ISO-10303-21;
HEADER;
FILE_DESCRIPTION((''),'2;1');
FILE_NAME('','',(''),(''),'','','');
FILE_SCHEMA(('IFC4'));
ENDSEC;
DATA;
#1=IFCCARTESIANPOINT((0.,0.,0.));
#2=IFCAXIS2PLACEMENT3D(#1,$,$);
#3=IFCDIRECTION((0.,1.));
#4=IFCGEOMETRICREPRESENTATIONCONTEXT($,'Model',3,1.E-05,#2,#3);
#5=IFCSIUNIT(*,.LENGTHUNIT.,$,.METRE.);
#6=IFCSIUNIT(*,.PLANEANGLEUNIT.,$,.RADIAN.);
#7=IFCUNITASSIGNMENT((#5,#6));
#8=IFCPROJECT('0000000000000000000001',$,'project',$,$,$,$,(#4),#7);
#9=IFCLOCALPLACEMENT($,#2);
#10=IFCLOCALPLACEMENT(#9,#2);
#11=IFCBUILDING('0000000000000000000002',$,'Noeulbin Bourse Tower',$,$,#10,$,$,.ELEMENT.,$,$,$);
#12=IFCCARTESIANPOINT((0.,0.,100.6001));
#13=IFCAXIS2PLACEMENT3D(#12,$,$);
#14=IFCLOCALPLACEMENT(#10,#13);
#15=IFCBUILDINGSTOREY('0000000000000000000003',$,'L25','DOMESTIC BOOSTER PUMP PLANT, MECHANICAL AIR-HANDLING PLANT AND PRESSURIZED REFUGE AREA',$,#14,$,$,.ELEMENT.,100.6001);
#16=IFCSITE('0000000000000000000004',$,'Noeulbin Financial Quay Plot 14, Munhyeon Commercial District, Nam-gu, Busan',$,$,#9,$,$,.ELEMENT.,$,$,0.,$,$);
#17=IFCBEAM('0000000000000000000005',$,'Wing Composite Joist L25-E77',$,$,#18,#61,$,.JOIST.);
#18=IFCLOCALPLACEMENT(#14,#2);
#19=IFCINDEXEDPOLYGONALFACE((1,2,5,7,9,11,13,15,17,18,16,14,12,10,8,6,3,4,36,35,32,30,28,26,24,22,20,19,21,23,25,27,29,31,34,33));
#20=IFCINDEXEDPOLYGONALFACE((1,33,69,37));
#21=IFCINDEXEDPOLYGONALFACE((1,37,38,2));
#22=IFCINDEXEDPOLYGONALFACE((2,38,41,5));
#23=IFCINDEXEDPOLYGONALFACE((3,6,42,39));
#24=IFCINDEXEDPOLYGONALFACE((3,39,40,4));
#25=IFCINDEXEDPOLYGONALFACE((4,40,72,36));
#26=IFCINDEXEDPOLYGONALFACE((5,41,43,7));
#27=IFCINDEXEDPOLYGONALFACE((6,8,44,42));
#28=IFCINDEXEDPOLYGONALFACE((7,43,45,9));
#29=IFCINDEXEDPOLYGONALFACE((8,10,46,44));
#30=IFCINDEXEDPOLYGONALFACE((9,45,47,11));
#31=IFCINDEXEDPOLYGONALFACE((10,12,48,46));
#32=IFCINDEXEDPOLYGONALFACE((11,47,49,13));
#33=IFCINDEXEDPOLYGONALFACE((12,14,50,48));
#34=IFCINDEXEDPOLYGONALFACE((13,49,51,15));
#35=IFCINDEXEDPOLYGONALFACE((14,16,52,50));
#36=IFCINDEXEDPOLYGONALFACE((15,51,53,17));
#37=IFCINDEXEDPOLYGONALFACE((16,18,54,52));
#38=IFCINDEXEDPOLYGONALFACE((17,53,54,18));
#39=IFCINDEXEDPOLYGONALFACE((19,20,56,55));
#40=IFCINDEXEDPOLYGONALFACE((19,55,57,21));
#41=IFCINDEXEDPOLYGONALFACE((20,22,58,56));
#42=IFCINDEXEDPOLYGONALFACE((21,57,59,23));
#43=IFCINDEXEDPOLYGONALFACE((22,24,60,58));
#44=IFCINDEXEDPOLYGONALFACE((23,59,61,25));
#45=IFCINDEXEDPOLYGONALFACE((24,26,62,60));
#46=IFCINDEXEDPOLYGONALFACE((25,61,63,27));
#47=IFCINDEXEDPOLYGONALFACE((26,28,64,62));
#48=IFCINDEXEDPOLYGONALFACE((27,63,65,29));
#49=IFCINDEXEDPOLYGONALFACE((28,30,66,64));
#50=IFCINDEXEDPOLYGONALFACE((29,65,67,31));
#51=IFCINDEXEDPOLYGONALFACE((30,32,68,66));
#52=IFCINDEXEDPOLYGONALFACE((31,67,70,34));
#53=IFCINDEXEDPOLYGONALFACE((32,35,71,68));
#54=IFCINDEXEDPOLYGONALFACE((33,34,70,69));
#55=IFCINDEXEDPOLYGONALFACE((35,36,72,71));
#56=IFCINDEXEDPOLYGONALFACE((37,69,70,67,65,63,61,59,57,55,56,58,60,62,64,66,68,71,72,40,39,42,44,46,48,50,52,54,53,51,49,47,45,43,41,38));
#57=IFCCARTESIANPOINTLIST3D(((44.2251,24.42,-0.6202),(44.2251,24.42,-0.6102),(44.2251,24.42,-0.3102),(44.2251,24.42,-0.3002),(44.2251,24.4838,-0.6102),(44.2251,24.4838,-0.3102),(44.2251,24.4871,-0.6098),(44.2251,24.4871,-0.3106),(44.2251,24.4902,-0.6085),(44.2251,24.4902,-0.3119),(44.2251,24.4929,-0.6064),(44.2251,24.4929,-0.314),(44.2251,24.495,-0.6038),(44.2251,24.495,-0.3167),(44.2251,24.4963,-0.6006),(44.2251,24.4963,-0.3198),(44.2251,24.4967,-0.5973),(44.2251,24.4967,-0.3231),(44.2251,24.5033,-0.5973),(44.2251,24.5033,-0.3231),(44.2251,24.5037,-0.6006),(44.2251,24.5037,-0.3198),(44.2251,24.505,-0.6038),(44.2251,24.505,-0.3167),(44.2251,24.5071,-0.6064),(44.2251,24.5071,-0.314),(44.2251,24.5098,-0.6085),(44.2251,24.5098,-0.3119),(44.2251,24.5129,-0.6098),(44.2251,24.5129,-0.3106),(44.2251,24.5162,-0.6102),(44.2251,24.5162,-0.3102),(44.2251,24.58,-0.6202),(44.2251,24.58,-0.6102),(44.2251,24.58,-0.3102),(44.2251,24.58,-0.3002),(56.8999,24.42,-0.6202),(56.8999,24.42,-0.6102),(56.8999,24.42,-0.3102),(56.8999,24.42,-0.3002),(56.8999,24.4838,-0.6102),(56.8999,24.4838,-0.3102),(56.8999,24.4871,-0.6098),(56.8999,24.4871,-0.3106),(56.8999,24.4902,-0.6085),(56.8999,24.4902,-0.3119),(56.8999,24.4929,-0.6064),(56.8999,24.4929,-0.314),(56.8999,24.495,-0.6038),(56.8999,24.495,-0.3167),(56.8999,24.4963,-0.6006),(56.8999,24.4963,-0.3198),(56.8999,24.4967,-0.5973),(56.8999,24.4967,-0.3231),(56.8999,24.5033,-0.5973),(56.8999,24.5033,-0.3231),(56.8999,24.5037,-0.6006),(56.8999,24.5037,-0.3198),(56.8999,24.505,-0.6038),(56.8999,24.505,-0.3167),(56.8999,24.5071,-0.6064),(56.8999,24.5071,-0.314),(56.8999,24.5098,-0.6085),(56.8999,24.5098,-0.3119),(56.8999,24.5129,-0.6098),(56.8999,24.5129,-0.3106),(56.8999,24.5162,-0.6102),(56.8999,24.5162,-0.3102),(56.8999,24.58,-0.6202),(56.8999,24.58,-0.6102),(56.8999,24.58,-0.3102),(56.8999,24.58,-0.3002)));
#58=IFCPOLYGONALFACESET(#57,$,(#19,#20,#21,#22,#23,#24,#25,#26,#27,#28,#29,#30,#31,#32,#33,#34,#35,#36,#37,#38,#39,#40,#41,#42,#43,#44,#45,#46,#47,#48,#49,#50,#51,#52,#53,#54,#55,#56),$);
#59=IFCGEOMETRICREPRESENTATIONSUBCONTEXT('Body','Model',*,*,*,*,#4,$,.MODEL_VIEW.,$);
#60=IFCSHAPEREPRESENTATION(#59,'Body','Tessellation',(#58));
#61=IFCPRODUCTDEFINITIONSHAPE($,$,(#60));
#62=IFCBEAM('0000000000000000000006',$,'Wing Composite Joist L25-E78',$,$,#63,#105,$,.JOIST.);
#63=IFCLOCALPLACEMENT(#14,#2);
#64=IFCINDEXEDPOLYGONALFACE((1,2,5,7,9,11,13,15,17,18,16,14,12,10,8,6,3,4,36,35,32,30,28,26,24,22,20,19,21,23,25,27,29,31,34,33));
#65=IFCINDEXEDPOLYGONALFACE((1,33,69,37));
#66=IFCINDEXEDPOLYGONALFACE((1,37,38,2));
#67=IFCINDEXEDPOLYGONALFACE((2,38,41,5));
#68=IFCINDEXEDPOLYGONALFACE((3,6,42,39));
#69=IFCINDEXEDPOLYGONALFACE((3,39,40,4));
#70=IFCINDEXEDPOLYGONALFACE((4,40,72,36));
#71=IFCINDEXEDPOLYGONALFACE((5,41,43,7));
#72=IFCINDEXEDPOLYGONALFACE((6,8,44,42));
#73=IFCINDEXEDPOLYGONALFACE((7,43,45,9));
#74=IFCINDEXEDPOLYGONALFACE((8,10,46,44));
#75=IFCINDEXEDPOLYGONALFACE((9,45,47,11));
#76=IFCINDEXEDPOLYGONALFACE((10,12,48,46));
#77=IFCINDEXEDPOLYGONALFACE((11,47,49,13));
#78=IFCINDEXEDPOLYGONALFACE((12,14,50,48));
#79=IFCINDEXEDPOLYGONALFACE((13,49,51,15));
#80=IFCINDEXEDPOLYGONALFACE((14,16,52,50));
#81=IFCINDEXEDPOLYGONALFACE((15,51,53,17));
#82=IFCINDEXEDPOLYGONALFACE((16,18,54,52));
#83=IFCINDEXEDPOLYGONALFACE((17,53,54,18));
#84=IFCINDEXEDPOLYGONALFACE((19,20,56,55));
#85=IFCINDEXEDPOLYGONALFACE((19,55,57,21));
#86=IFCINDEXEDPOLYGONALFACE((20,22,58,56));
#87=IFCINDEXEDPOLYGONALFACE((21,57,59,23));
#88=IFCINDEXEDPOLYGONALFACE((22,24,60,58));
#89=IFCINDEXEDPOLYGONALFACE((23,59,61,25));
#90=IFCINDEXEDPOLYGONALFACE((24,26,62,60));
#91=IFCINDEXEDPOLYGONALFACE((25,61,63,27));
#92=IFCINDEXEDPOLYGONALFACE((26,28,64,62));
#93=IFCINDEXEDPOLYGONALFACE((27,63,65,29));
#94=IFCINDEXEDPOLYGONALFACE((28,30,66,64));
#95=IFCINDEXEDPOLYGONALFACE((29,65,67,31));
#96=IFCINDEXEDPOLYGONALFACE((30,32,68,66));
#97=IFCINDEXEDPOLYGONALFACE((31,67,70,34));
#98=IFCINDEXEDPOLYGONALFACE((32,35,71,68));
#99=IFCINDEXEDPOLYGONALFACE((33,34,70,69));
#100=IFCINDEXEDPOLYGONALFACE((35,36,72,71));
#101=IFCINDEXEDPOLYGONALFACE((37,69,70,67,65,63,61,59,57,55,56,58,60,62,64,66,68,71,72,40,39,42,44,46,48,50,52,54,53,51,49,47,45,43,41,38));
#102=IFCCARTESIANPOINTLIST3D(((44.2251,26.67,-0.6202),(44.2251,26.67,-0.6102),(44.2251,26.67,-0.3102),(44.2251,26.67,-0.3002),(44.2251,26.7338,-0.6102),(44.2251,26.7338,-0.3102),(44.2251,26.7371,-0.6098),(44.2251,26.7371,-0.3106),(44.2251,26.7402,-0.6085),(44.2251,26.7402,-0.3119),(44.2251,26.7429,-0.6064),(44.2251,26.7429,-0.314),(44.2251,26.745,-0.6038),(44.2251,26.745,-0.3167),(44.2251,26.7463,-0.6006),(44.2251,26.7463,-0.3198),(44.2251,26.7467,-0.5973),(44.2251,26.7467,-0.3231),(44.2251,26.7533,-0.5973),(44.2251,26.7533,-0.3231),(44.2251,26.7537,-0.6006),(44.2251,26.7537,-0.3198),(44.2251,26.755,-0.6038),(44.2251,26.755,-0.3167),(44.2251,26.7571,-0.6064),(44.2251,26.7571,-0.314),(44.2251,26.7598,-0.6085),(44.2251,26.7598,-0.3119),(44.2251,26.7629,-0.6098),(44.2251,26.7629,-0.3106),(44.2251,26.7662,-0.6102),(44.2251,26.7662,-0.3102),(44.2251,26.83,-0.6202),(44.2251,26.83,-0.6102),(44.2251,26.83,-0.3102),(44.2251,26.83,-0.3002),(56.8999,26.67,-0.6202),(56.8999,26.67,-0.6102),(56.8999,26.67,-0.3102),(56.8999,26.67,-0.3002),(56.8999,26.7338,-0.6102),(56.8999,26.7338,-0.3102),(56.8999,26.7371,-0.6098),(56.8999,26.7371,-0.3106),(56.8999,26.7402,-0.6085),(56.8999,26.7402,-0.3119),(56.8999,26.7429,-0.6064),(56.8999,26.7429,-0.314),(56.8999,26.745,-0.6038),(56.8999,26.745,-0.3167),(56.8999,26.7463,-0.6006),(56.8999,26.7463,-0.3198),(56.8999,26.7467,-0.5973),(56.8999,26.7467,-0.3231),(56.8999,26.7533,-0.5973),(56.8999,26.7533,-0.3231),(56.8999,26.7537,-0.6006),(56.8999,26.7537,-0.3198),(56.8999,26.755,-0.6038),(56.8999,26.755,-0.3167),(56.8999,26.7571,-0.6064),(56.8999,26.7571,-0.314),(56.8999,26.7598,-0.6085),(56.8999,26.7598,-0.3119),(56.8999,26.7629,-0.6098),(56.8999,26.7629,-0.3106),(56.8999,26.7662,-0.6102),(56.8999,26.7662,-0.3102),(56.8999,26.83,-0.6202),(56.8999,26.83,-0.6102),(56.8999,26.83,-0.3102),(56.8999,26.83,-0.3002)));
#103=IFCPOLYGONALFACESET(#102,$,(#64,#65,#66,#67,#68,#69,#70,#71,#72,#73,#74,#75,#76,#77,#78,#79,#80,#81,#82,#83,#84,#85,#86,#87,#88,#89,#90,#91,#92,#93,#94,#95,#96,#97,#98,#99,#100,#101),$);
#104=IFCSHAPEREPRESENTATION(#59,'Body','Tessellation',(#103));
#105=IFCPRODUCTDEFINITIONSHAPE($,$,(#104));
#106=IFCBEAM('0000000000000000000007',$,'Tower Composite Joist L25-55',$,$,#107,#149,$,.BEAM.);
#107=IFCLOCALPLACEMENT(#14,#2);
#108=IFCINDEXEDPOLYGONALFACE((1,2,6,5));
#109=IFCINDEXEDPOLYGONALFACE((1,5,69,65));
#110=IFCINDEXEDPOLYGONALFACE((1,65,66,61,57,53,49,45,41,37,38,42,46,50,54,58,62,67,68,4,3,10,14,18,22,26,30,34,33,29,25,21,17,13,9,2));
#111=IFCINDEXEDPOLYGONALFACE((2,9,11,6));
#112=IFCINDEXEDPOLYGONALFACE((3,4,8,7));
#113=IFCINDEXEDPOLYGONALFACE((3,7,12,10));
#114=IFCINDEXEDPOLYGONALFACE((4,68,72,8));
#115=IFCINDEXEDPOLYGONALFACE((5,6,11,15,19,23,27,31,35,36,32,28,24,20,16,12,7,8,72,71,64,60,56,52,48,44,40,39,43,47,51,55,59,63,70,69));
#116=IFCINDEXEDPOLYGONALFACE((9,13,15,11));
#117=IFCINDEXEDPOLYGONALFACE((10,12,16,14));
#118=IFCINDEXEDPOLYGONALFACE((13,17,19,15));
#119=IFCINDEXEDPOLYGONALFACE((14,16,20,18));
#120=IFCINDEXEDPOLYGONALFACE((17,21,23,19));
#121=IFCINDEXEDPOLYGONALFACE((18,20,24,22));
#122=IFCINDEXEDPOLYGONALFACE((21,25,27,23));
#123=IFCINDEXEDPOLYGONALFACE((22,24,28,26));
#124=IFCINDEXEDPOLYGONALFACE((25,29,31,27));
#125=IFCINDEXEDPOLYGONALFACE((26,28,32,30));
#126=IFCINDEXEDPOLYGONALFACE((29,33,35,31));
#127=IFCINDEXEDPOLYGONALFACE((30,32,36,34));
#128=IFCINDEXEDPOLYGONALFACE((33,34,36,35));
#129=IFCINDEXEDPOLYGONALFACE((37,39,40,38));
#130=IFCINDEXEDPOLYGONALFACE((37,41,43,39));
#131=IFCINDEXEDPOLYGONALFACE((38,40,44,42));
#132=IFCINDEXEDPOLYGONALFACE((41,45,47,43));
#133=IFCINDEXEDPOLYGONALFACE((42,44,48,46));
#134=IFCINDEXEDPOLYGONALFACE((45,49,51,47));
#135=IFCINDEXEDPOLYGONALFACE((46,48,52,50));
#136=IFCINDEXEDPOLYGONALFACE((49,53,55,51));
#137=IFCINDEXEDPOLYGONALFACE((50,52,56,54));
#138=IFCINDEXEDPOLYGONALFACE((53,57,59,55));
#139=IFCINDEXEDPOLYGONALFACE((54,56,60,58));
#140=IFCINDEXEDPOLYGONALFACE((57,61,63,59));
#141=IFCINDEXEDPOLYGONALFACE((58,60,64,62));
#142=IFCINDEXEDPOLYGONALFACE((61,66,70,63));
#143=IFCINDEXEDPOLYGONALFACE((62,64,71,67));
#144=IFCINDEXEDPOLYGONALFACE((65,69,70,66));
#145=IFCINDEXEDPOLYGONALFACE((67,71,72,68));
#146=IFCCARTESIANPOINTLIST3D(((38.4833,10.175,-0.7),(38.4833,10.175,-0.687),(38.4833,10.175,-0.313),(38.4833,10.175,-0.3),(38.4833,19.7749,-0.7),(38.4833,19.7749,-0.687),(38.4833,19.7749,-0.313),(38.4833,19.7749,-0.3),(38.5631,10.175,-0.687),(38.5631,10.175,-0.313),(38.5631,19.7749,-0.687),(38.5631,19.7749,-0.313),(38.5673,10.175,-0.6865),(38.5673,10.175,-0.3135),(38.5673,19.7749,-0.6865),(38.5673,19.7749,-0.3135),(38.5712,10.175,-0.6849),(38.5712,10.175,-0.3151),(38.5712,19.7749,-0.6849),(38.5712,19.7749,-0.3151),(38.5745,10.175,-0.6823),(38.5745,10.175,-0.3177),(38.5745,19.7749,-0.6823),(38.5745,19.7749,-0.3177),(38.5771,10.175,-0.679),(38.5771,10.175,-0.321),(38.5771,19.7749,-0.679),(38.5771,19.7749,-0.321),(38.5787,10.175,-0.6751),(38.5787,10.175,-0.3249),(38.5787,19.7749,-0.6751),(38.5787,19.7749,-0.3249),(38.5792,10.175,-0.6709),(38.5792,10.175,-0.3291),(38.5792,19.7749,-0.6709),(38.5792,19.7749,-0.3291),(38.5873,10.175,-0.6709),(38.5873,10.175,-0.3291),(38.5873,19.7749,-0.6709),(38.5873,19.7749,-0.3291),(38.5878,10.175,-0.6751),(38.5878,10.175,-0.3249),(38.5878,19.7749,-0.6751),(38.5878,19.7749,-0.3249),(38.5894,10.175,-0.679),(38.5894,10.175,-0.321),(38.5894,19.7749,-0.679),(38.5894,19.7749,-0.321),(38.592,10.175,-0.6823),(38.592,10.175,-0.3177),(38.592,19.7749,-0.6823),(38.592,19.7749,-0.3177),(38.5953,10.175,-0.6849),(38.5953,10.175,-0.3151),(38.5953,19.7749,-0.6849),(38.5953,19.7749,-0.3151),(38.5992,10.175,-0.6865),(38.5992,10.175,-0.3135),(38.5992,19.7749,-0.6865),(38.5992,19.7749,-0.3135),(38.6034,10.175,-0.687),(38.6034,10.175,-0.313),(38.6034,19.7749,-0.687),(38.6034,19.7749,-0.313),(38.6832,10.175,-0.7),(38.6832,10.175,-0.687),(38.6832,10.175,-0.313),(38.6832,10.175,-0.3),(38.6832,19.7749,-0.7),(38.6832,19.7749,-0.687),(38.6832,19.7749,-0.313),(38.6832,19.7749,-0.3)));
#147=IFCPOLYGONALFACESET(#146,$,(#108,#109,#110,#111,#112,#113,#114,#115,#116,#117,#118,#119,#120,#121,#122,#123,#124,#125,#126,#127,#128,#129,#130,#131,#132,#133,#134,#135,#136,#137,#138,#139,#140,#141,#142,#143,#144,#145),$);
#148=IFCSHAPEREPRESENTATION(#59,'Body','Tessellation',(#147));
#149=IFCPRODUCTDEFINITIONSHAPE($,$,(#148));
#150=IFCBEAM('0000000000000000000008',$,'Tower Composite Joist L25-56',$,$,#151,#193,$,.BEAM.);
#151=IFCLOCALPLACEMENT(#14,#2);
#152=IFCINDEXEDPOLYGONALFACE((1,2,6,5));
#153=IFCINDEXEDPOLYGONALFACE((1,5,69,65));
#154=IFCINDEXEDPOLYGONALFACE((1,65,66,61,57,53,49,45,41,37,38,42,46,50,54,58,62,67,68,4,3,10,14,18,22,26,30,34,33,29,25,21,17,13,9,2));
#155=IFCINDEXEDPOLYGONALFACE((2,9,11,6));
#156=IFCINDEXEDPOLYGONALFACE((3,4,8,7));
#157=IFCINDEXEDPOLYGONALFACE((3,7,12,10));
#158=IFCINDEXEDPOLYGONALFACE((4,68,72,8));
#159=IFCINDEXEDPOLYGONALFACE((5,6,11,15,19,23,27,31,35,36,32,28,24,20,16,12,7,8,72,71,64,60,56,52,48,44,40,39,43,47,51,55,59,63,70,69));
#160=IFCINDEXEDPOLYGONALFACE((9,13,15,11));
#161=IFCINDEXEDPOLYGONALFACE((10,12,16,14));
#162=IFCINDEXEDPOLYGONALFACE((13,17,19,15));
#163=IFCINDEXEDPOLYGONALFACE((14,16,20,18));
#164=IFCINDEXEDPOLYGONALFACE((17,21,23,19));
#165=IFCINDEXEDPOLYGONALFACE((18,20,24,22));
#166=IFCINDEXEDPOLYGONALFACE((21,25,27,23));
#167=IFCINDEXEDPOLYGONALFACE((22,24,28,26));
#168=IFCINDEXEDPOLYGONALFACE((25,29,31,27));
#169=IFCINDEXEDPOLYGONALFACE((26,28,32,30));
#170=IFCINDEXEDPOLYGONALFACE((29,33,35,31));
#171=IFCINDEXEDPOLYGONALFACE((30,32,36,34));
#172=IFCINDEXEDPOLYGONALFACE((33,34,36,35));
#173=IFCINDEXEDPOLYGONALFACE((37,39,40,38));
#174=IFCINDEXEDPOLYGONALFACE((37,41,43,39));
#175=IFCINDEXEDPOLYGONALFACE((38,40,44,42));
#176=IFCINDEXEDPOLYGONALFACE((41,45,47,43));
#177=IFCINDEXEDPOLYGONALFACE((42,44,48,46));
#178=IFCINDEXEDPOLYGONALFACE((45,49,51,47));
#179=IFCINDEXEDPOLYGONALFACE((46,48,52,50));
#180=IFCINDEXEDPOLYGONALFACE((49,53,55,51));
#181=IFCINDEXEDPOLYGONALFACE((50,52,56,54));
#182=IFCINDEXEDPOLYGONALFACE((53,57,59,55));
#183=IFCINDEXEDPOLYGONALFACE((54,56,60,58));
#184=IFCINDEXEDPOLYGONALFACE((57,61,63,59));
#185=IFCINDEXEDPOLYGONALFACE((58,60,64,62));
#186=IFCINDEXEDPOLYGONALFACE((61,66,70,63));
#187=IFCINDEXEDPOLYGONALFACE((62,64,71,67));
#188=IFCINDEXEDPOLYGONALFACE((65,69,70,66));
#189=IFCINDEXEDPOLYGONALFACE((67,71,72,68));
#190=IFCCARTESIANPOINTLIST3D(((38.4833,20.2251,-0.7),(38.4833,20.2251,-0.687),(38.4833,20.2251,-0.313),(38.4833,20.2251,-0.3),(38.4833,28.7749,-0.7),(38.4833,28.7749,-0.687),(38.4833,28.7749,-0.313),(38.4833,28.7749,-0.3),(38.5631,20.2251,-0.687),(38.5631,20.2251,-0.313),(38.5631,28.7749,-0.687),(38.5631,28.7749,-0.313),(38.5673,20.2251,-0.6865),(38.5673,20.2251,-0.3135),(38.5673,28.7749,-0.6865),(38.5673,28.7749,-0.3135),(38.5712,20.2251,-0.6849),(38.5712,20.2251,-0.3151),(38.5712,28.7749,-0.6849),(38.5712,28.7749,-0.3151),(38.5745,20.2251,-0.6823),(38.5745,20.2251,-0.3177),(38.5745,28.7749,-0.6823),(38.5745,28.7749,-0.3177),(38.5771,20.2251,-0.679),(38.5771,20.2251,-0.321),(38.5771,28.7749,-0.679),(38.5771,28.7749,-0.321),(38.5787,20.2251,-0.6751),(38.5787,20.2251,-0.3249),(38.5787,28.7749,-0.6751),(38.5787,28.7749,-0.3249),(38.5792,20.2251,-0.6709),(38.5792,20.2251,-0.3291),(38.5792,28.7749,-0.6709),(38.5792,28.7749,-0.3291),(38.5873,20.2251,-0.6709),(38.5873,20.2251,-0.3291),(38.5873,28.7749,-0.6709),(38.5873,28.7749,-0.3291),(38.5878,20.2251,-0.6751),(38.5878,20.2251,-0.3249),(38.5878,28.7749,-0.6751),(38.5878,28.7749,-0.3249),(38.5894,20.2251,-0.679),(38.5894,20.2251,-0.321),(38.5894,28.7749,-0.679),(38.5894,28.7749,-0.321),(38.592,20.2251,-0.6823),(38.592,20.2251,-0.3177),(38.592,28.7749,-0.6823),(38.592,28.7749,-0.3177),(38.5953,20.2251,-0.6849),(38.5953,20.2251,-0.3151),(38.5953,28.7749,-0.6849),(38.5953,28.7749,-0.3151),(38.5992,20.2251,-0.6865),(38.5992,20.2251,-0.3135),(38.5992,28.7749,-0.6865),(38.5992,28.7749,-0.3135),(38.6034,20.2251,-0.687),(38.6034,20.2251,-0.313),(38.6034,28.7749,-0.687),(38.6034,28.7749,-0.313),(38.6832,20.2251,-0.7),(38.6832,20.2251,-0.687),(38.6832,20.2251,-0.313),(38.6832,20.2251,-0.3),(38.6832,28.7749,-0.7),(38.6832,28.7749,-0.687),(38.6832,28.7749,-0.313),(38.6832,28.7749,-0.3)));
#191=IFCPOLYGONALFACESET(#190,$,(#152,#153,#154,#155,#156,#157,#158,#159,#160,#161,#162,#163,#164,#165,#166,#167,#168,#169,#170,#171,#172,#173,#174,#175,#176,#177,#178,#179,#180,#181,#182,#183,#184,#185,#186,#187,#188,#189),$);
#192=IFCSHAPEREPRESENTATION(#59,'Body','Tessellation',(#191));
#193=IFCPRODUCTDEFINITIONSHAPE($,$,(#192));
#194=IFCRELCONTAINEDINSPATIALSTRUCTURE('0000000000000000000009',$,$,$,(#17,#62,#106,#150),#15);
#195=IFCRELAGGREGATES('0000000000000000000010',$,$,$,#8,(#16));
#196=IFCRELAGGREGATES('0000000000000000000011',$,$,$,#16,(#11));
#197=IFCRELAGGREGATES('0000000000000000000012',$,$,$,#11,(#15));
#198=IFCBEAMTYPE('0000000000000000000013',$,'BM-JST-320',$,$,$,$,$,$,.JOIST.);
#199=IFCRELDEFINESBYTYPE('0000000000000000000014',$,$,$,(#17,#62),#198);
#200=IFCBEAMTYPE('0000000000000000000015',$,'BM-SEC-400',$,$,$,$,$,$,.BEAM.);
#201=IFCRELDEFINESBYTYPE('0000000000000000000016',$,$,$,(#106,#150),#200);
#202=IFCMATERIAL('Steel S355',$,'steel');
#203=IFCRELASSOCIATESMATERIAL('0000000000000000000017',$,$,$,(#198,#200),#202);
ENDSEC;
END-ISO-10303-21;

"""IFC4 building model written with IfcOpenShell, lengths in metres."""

from ifc_helpers import new_model, si_unit, direction, frame, origin, origin_2d, place, context, subcontext, project, spatial, i_section, extrude, material, material_profile, profile_set, type_object, element, save


model = new_model("IFC4")

# Units and contexts
model_context = context("Model", 3, precision=1e-05, world=origin(), true_north=direction((0.0, 1.0)))
body_context = subcontext(model_context, "Body", "Model", "MODEL_VIEW")
ifc_project = project(units=[si_unit("LENGTHUNIT", "METRE"), si_unit("PLANEANGLEUNIT", "RADIAN")], contexts=[model_context])

# Site, building, storey
site_placement = place(None, origin())
site = spatial("IfcSite", under=ifc_project, at=site_placement, Name="Noeulbin Financial Quay Plot 14, Munhyeon Commercial District, Nam-gu, Busan", CompositionType="ELEMENT", RefElevation=0.0)
building_placement = place(site_placement, origin())
building = spatial("IfcBuilding", under=site, at=building_placement, Name="Noeulbin Bourse Tower", CompositionType="ELEMENT")
storey_placement = place(building_placement, frame((0.0, 0.0, 100.6001)))
storey = spatial("IfcBuildingStorey", under=building, at=storey_placement, Name="L25", Description="DOMESTIC BOOSTER PUMP PLANT, MECHANICAL AIR-HANDLING PLANT AND PRESSURIZED REFUGE AREA", CompositionType="ELEMENT", Elevation=100.6001)

# Beams
ifc_material_1 = material(Name="Steel S355", Category="steel")
ifc_material_profile_1 = material_profile(ifc_material_1, i_section(OverallWidth=0.1599, OverallDepth=0.3201, WebThickness=0.0066, FlangeThickness=0.01, FilletRadius=0.0129, at=origin_2d()), Name="H-320x160x6.5x10", Category="LoadBearing")
ifc_profile_set_1 = profile_set([ifc_material_profile_1], Name="Steel S355")
beam_type_1 = type_object("IfcBeamType", Name="BM-JST-320", PredefinedType="JOIST", material=ifc_profile_set_1)
for number, where, z_axis, x_axis, name in (
    (1, (44.2251, 24.5, -0.4602), (1.0, 0.0, 0.0), (0.0, 1.0, 0.0), "Wing Composite Joist L25-E77"),
    (2, (44.2251, 26.75, -0.4602), (1.0, 0.0, 0.0), (0.0, 1.0, 0.0), "Wing Composite Joist L25-E78"),
):
    element("IfcBeam", number, at=place(storey_placement, frame(where, z_axis=z_axis, x_axis=x_axis)), inside=storey, type_object=beam_type_1, Name=name, PredefinedType="JOIST", context=body_context, shape_type="SweptSolid", body=[
        extrude(i_section(OverallWidth=0.1599, OverallDepth=0.3201, WebThickness=0.0066, FlangeThickness=0.01, FilletRadius=0.0129, at=origin_2d()), origin(), (0.0, 0.0, 1.0), 12.6748),
    ])
ifc_material_profile_2 = material_profile(ifc_material_1, i_section(OverallWidth=0.2, OverallDepth=0.3999, WebThickness=0.0081, FlangeThickness=0.0129, FilletRadius=0.0161, at=origin_2d()), Name="H-400x200x8x13", Category="LoadBearing")
ifc_profile_set_2 = profile_set([ifc_material_profile_2], Name="Steel S355")
beam_type_2 = type_object("IfcBeamType", Name="BM-SEC-400", PredefinedType="BEAM", material=ifc_profile_set_2)
beam_1_placement = place(storey_placement, frame((38.5833, 10.175, -0.5), z_axis=(0.0, 1.0, 0.0), x_axis=(-1.0, 0.0, 0.0)))
element("IfcBeam", 3, at=beam_1_placement, inside=storey, type_object=beam_type_2, Name="Tower Composite Joist L25-55", PredefinedType="BEAM", context=body_context, shape_type="SweptSolid", body=[
    extrude(i_section(OverallWidth=0.2, OverallDepth=0.3999, WebThickness=0.0081, FlangeThickness=0.0129, FilletRadius=0.0161, at=origin_2d()), origin(), (0.0, 0.0, 1.0), 9.5999),
])
beam_2_placement = place(storey_placement, frame((38.5833, 20.2251, -0.5), z_axis=(0.0, 1.0, 0.0), x_axis=(-1.0, 0.0, 0.0)))
element("IfcBeam", 4, at=beam_2_placement, inside=storey, type_object=beam_type_2, Name="Tower Composite Joist L25-56", PredefinedType="BEAM", context=body_context, shape_type="SweptSolid", body=[
    extrude(i_section(OverallWidth=0.2, OverallDepth=0.3999, WebThickness=0.0081, FlangeThickness=0.0129, FilletRadius=0.0161, at=origin_2d()), origin(), (0.0, 0.0, 1.0), 8.5498),
])

save(model, "model.ifc")
